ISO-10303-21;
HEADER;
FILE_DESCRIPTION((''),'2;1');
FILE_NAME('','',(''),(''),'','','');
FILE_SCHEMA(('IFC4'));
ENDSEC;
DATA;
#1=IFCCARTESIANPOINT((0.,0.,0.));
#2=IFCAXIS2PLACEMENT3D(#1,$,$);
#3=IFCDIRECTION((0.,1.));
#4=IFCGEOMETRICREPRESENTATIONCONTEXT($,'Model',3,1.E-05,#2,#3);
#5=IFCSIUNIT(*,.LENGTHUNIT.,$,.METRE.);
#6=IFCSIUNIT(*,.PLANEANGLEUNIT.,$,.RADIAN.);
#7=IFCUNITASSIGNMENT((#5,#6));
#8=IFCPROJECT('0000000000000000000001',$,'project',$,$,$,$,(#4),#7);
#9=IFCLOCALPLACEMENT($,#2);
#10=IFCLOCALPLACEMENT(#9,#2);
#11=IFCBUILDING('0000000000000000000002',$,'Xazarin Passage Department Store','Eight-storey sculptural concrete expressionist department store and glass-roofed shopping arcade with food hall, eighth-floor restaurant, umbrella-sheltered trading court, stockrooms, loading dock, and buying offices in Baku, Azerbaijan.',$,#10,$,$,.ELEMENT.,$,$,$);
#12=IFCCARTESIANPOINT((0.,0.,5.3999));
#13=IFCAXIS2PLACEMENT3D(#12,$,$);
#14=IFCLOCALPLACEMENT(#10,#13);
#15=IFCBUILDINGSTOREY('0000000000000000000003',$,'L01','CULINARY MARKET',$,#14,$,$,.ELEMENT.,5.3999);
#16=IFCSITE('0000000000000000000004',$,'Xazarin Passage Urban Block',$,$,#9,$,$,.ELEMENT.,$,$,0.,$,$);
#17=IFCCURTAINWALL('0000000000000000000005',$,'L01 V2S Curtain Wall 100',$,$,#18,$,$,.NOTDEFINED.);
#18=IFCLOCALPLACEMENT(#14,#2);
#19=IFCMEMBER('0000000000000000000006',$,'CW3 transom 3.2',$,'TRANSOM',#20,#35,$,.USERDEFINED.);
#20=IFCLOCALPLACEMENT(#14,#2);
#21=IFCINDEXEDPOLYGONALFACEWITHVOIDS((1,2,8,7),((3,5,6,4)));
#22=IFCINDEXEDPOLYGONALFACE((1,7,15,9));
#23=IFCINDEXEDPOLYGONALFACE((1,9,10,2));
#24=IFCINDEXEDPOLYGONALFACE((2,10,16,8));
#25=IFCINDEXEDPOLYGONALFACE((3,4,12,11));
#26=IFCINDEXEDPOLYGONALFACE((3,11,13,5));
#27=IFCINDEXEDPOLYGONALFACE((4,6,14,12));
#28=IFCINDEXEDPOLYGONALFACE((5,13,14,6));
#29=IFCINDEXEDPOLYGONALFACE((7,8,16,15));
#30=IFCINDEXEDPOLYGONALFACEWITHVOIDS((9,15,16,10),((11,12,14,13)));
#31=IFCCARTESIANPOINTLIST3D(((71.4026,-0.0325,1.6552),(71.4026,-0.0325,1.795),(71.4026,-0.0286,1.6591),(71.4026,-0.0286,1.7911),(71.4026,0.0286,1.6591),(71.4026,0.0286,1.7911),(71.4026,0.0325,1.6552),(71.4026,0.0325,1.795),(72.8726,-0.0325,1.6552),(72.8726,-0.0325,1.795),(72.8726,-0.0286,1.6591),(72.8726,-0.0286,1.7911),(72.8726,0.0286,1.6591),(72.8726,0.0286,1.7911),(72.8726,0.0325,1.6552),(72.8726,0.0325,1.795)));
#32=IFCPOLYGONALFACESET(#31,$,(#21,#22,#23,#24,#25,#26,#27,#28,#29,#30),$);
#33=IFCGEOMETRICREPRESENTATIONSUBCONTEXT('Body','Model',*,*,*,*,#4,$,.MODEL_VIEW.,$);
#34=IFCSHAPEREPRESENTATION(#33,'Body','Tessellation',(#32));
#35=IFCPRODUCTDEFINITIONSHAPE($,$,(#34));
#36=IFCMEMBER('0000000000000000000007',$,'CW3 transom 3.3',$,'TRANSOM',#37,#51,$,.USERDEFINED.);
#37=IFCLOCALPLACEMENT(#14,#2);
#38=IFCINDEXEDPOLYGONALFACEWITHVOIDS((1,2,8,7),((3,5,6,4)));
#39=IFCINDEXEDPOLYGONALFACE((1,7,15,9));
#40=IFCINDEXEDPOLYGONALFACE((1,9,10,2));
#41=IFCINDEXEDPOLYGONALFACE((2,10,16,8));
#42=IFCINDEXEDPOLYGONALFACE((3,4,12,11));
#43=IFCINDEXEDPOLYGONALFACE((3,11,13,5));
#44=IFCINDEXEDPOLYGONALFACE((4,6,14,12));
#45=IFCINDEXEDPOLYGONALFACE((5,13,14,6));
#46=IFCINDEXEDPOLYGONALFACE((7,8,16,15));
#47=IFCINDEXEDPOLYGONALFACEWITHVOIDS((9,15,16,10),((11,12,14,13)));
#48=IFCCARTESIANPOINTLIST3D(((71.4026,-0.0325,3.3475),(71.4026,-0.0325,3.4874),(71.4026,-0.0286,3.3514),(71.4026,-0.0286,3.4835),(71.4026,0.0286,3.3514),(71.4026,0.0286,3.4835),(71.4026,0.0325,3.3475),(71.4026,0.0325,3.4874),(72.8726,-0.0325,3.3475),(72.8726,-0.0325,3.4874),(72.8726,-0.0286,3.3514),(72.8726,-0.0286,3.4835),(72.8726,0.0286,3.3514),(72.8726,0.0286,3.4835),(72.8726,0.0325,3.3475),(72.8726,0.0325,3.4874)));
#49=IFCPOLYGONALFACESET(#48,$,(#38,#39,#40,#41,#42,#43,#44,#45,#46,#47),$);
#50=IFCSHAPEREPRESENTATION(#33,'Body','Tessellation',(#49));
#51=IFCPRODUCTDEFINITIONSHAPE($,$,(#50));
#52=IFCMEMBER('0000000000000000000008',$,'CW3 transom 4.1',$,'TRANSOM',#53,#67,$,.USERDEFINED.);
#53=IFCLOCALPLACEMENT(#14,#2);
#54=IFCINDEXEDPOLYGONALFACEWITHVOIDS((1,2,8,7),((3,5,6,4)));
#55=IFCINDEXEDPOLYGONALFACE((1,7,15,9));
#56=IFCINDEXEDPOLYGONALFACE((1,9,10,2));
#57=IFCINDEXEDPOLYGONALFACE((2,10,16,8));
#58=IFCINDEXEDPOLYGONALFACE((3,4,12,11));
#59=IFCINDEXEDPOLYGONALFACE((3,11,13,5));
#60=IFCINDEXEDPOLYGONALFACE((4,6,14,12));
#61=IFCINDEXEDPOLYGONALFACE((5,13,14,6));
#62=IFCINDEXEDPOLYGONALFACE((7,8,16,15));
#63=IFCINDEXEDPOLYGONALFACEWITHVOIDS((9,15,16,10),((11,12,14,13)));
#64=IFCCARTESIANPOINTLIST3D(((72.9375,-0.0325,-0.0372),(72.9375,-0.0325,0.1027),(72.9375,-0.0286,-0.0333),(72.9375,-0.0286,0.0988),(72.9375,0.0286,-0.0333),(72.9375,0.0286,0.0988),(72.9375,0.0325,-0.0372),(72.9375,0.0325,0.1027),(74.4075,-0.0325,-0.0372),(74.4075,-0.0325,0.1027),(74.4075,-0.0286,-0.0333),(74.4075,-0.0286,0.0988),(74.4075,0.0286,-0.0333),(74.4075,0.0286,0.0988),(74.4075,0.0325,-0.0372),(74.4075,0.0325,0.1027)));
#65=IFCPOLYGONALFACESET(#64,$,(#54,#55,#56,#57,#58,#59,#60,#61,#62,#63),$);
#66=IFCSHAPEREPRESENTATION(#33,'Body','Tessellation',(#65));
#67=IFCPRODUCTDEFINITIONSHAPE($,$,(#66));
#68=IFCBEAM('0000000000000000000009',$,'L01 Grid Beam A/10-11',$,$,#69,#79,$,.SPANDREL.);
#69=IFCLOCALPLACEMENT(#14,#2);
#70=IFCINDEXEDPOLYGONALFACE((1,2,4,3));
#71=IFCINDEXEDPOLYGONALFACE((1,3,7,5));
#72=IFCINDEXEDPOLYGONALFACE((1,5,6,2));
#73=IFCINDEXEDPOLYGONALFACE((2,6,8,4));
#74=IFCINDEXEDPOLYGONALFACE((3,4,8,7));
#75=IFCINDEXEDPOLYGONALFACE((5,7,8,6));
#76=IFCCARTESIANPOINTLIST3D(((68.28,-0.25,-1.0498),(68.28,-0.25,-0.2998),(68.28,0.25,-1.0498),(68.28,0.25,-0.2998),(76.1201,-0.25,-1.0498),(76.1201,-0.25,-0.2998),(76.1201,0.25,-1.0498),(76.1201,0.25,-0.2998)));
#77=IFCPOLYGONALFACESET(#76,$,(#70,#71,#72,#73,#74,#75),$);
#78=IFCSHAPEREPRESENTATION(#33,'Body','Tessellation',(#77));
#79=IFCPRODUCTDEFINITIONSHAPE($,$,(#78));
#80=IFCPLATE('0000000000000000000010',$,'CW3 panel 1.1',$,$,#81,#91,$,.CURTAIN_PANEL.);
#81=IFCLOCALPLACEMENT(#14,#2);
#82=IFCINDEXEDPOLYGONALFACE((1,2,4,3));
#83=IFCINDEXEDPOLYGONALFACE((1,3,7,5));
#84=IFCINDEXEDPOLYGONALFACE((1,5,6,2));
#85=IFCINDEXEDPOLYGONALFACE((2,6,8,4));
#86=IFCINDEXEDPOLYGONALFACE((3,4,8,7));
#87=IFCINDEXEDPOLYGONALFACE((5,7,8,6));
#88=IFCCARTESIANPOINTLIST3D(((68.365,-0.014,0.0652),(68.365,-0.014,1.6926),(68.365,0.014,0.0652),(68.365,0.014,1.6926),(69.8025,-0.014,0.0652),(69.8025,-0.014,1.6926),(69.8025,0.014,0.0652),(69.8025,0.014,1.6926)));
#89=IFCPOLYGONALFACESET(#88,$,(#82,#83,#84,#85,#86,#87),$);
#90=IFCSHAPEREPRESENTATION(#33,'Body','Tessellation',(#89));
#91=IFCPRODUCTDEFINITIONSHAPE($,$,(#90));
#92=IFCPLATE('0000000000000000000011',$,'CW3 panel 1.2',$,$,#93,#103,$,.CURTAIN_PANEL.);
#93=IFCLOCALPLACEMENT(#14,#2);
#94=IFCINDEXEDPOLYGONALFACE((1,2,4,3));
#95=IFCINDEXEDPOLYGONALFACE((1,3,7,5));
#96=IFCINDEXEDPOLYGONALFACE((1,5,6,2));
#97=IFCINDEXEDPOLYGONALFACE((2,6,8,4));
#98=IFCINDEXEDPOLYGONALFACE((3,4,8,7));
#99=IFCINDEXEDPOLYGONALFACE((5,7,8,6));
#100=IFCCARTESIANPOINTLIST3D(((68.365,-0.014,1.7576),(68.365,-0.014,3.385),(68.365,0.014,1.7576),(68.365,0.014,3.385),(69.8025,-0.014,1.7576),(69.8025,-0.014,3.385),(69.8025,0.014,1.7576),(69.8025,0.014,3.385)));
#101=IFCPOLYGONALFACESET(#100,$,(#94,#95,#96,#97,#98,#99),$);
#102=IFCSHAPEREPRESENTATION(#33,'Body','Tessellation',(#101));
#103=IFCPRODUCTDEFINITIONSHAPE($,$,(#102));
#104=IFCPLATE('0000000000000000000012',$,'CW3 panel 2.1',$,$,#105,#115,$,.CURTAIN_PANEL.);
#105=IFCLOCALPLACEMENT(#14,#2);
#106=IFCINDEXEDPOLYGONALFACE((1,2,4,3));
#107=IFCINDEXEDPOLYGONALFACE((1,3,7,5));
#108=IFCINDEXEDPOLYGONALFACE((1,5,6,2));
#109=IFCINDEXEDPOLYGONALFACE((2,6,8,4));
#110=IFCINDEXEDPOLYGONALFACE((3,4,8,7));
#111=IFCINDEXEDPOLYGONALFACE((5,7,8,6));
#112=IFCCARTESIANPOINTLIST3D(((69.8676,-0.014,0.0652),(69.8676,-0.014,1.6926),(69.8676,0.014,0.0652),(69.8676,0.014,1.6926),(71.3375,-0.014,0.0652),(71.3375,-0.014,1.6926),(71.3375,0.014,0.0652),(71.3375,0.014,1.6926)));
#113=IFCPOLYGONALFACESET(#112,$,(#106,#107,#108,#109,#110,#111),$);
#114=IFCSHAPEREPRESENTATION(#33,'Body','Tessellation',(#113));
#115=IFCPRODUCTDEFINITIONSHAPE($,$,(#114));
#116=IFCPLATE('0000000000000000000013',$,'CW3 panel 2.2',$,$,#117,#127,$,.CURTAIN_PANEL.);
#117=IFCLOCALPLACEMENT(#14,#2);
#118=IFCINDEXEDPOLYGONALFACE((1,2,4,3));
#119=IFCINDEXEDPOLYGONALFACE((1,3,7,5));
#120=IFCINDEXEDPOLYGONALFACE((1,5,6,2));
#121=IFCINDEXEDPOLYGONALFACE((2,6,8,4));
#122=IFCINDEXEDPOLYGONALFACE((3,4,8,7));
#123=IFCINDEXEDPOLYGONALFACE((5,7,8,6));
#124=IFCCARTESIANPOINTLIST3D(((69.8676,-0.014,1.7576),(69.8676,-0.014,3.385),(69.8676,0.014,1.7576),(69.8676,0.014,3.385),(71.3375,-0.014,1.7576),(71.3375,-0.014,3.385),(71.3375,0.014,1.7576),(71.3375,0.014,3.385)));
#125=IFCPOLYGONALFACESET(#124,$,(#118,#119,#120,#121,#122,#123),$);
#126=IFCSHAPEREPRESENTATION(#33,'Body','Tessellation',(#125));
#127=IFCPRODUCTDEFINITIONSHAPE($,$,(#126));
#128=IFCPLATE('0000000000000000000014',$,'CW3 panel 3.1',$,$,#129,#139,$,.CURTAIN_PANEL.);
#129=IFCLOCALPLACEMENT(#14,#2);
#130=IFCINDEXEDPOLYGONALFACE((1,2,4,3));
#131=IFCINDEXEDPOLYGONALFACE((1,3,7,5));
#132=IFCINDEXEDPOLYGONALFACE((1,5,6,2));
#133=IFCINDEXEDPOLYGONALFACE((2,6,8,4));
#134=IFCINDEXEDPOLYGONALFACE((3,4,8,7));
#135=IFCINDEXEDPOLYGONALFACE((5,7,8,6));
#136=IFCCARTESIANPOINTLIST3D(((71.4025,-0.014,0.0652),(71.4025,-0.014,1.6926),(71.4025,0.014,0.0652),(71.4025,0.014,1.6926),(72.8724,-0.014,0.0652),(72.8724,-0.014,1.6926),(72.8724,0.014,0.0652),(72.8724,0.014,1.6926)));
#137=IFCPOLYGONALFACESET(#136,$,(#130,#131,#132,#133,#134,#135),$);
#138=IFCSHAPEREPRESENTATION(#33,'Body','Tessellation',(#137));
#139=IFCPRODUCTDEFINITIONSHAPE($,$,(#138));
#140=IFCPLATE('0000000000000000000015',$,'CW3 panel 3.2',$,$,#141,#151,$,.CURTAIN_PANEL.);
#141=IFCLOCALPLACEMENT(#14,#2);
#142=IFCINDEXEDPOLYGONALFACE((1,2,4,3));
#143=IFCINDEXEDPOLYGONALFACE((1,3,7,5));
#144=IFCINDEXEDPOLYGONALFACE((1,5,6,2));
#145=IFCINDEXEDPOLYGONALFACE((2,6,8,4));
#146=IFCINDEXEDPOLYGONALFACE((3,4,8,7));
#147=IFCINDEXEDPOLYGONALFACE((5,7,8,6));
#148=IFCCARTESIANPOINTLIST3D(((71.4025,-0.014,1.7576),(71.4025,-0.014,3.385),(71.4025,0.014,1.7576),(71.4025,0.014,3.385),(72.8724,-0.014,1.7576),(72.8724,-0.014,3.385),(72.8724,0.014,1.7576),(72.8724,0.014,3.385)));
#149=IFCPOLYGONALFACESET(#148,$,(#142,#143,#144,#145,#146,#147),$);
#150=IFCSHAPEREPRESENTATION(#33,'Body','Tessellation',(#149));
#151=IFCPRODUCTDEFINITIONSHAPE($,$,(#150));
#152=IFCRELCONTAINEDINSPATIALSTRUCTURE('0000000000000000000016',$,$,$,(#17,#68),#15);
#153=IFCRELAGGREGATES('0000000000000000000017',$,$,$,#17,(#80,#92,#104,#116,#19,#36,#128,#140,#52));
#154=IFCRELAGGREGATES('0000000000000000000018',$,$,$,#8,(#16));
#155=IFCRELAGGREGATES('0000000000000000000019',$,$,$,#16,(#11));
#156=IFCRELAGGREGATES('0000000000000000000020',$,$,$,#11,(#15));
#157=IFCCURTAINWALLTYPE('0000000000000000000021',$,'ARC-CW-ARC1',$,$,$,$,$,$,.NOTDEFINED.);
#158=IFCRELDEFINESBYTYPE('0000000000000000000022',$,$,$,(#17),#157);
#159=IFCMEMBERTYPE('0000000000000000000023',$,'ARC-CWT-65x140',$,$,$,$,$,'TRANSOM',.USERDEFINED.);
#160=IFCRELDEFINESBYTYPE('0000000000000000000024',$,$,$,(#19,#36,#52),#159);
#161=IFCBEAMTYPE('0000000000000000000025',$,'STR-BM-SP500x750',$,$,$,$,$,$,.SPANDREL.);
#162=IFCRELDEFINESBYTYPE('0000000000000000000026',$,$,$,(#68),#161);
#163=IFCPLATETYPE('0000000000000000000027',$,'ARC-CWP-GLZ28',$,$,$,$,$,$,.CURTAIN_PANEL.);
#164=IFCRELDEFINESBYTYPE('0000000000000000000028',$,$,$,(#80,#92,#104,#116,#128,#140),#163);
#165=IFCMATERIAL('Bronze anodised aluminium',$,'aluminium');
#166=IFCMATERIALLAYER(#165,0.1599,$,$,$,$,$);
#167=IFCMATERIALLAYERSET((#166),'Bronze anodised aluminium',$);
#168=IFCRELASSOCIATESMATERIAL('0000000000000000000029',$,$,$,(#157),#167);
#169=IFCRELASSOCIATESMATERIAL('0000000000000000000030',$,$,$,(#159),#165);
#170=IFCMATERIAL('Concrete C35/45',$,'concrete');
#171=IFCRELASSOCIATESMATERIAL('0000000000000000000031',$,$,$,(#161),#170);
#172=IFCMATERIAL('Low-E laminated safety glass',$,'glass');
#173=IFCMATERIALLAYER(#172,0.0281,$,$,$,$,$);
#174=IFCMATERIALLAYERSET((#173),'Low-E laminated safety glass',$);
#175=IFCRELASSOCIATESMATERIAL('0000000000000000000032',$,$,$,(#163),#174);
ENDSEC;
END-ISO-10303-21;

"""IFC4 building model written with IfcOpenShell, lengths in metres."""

from ifc_helpers import new_model, si_unit, direction, frame, origin, origin_2d, place, context, subcontext, project, spatial, rectangle, hollow_rectangle, extrude, material, layer, layer_set, material_profile, profile_set, type_object, element, aggregate, save


model = new_model("IFC4")

# Units and contexts
model_context = context("Model", 3, precision=1e-05, world=origin(), true_north=direction((0.0, 1.0)))
body_context = subcontext(model_context, "Body", "Model", "MODEL_VIEW")
ifc_project = project(units=[si_unit("LENGTHUNIT", "METRE"), si_unit("PLANEANGLEUNIT", "RADIAN")], contexts=[model_context])

# Site, building, storey
site_placement = place(None, origin())
site = spatial("IfcSite", under=ifc_project, at=site_placement, Name="Xazarin Passage Urban Block", CompositionType="ELEMENT", RefElevation=0.0)
building_placement = place(site_placement, origin())
building = spatial("IfcBuilding", under=site, at=building_placement, Name="Xazarin Passage Department Store", Description="Eight-storey sculptural concrete expressionist department store and glass-roofed shopping arcade with food hall, eighth-floor restaurant, umbrella-sheltered trading court, stockrooms, loading dock, and buying offices in Baku, Azerbaijan.", CompositionType="ELEMENT")
storey_placement = place(building_placement, frame((0.0, 0.0, 5.3999)))
storey = spatial("IfcBuildingStorey", under=building, at=storey_placement, Name="L01", Description="CULINARY MARKET", CompositionType="ELEMENT", Elevation=5.3999)

# Curtain wall, members
ifc_material_1 = material(Name="Bronze anodised aluminium", Category="aluminium")
ifc_layer_1 = layer(ifc_material_1, 0.1599)
ifc_layer_set_1 = layer_set([ifc_layer_1], Name="Bronze anodised aluminium")
curtain_wall_type = type_object("IfcCurtainWallType", Name="ARC-CW-ARC1", PredefinedType="NOTDEFINED", material=ifc_layer_set_1)
curtain_wall_placement = place(storey_placement, origin())
curtain_wall = element("IfcCurtainWall", 1, at=curtain_wall_placement, inside=storey, type_object=curtain_wall_type, Name="L01 V2S Curtain Wall 100", PredefinedType="NOTDEFINED")
ifc_material_profile_1 = material_profile(ifc_material_1, hollow_rectangle(XDim=0.0649, YDim=0.1399, WallThickness=0.0039, at=origin_2d()), Name="ALU 65x140")
ifc_profile_set_1 = profile_set([ifc_material_profile_1], Name="Bronze anodised aluminium")
member_type_1 = type_object("IfcMemberType", Name="ARC-CWT-65x140", ElementType="TRANSOM", PredefinedType="USERDEFINED", material=ifc_profile_set_1)
member_1_placement = place(storey_placement, frame((71.4026, 0.0, 1.7251), z_axis=(1.0, 0.0, 0.0), x_axis=(0.0, 1.0, 0.0)))
member_1 = element("IfcMember", 2, at=member_1_placement, type_object=member_type_1, Name="CW3 transom 3.2", ObjectType="TRANSOM", PredefinedType="USERDEFINED", context=body_context, shape_type="SweptSolid", body=[
    extrude(hollow_rectangle(XDim=0.0649, YDim=0.1399, WallThickness=0.0039, at=origin_2d()), origin(), (0.0, 0.0, 1.0), 1.47),
])
member_2_placement = place(storey_placement, frame((71.4026, 0.0, 3.4175), z_axis=(1.0, 0.0, 0.0), x_axis=(0.0, 1.0, 0.0)))
member_2 = element("IfcMember", 3, at=member_2_placement, type_object=member_type_1, Name="CW3 transom 3.3", ObjectType="TRANSOM", PredefinedType="USERDEFINED", context=body_context, shape_type="SweptSolid", body=[
    extrude(hollow_rectangle(XDim=0.0649, YDim=0.1399, WallThickness=0.0039, at=origin_2d()), origin(), (0.0, 0.0, 1.0), 1.47),
])
member_3_placement = place(storey_placement, frame((72.9375, 0.0, 0.0327), z_axis=(1.0, 0.0, 0.0), x_axis=(0.0, 1.0, 0.0)))
member_3 = element("IfcMember", 4, at=member_3_placement, type_object=member_type_1, Name="CW3 transom 4.1", ObjectType="TRANSOM", PredefinedType="USERDEFINED", context=body_context, shape_type="SweptSolid", body=[
    extrude(hollow_rectangle(XDim=0.0649, YDim=0.1399, WallThickness=0.0039, at=origin_2d()), origin(), (0.0, 0.0, 1.0), 1.47),
])

# Beam
ifc_material_2 = material(Name="Concrete C35/45", Category="concrete")
ifc_material_profile_2 = material_profile(ifc_material_2, rectangle(XDim=0.5, YDim=0.75, at=origin_2d()), Name="RC 500x750")
ifc_profile_set_2 = profile_set([ifc_material_profile_2], Name="Concrete C35/45")
beam_type = type_object("IfcBeamType", Name="STR-BM-SP500x750", PredefinedType="SPANDREL", material=ifc_profile_set_2)
beam_placement = place(storey_placement, frame((68.28, 0.0, -0.6748), z_axis=(1.0, 0.0, 0.0), x_axis=(0.0, 1.0, 0.0)))
element("IfcBeam", 5, at=beam_placement, inside=storey, type_object=beam_type, Name="L01 Grid Beam A/10-11", PredefinedType="SPANDREL", context=body_context, shape_type="SweptSolid", body=[
    extrude(rectangle(XDim=0.5, YDim=0.75, at=origin_2d()), origin(), (0.0, 0.0, 1.0), 7.8401),
])

# Plates
ifc_material_3 = material(Name="Low-E laminated safety glass", Category="glass")
ifc_layer_2 = layer(ifc_material_3, 0.0281)
ifc_layer_set_2 = layer_set([ifc_layer_2], Name="Low-E laminated safety glass")
plate_type = type_object("IfcPlateType", Name="ARC-CWP-GLZ28", PredefinedType="CURTAIN_PANEL", material=ifc_layer_set_2)
plate_1_placement = place(storey_placement, frame((69.0837, 0.0, 0.0652), z_axis=(0.0, 0.0, 1.0), x_axis=(1.0, 0.0, 0.0)))
plate_1 = element("IfcPlate", 6, at=plate_1_placement, type_object=plate_type, Name="CW3 panel 1.1", PredefinedType="CURTAIN_PANEL", context=body_context, shape_type="SweptSolid", body=[
    extrude(rectangle(XDim=1.4375, YDim=0.0281, at=origin_2d()), origin(), (0.0, 0.0, 1.0), 1.6274),
])
plate_2_placement = place(storey_placement, frame((69.0837, 0.0, 1.7576), z_axis=(0.0, 0.0, 1.0), x_axis=(1.0, 0.0, 0.0)))
plate_2 = element("IfcPlate", 7, at=plate_2_placement, type_object=plate_type, Name="CW3 panel 1.2", PredefinedType="CURTAIN_PANEL", context=body_context, shape_type="SweptSolid", body=[
    extrude(rectangle(XDim=1.4375, YDim=0.0281, at=origin_2d()), origin(), (0.0, 0.0, 1.0), 1.6274),
])
plate_3_placement = place(storey_placement, frame((70.6025, 0.0, 0.0652), z_axis=(0.0, 0.0, 1.0), x_axis=(1.0, 0.0, 0.0)))
plate_3 = element("IfcPlate", 8, at=plate_3_placement, type_object=plate_type, Name="CW3 panel 2.1", PredefinedType="CURTAIN_PANEL", context=body_context, shape_type="SweptSolid", body=[
    extrude(rectangle(XDim=1.47, YDim=0.0281, at=origin_2d()), origin(), (0.0, 0.0, 1.0), 1.6274),
])
plate_4_placement = place(storey_placement, frame((70.6025, 0.0, 1.7576), z_axis=(0.0, 0.0, 1.0), x_axis=(1.0, 0.0, 0.0)))
plate_4 = element("IfcPlate", 9, at=plate_4_placement, type_object=plate_type, Name="CW3 panel 2.2", PredefinedType="CURTAIN_PANEL", context=body_context, shape_type="SweptSolid", body=[
    extrude(rectangle(XDim=1.47, YDim=0.0281, at=origin_2d()), origin(), (0.0, 0.0, 1.0), 1.6274),
])
plate_5_placement = place(storey_placement, frame((72.1375, 0.0, 0.0652), z_axis=(0.0, 0.0, 1.0), x_axis=(1.0, 0.0, 0.0)))
plate_5 = element("IfcPlate", 10, at=plate_5_placement, type_object=plate_type, Name="CW3 panel 3.1", PredefinedType="CURTAIN_PANEL", context=body_context, shape_type="SweptSolid", body=[
    extrude(rectangle(XDim=1.47, YDim=0.0281, at=origin_2d()), origin(), (0.0, 0.0, 1.0), 1.6274),
])
plate_6_placement = place(storey_placement, frame((72.1375, 0.0, 1.7576), z_axis=(0.0, 0.0, 1.0), x_axis=(1.0, 0.0, 0.0)))
plate_6 = element("IfcPlate", 11, at=plate_6_placement, type_object=plate_type, Name="CW3 panel 3.2", PredefinedType="CURTAIN_PANEL", context=body_context, shape_type="SweptSolid", body=[
    extrude(rectangle(XDim=1.47, YDim=0.0281, at=origin_2d()), origin(), (0.0, 0.0, 1.0), 1.6274),
])
aggregate(curtain_wall, [plate_1, plate_2, plate_3, plate_4, member_1, member_2, plate_5, plate_6, member_3])

save(model, "model.ifc")
